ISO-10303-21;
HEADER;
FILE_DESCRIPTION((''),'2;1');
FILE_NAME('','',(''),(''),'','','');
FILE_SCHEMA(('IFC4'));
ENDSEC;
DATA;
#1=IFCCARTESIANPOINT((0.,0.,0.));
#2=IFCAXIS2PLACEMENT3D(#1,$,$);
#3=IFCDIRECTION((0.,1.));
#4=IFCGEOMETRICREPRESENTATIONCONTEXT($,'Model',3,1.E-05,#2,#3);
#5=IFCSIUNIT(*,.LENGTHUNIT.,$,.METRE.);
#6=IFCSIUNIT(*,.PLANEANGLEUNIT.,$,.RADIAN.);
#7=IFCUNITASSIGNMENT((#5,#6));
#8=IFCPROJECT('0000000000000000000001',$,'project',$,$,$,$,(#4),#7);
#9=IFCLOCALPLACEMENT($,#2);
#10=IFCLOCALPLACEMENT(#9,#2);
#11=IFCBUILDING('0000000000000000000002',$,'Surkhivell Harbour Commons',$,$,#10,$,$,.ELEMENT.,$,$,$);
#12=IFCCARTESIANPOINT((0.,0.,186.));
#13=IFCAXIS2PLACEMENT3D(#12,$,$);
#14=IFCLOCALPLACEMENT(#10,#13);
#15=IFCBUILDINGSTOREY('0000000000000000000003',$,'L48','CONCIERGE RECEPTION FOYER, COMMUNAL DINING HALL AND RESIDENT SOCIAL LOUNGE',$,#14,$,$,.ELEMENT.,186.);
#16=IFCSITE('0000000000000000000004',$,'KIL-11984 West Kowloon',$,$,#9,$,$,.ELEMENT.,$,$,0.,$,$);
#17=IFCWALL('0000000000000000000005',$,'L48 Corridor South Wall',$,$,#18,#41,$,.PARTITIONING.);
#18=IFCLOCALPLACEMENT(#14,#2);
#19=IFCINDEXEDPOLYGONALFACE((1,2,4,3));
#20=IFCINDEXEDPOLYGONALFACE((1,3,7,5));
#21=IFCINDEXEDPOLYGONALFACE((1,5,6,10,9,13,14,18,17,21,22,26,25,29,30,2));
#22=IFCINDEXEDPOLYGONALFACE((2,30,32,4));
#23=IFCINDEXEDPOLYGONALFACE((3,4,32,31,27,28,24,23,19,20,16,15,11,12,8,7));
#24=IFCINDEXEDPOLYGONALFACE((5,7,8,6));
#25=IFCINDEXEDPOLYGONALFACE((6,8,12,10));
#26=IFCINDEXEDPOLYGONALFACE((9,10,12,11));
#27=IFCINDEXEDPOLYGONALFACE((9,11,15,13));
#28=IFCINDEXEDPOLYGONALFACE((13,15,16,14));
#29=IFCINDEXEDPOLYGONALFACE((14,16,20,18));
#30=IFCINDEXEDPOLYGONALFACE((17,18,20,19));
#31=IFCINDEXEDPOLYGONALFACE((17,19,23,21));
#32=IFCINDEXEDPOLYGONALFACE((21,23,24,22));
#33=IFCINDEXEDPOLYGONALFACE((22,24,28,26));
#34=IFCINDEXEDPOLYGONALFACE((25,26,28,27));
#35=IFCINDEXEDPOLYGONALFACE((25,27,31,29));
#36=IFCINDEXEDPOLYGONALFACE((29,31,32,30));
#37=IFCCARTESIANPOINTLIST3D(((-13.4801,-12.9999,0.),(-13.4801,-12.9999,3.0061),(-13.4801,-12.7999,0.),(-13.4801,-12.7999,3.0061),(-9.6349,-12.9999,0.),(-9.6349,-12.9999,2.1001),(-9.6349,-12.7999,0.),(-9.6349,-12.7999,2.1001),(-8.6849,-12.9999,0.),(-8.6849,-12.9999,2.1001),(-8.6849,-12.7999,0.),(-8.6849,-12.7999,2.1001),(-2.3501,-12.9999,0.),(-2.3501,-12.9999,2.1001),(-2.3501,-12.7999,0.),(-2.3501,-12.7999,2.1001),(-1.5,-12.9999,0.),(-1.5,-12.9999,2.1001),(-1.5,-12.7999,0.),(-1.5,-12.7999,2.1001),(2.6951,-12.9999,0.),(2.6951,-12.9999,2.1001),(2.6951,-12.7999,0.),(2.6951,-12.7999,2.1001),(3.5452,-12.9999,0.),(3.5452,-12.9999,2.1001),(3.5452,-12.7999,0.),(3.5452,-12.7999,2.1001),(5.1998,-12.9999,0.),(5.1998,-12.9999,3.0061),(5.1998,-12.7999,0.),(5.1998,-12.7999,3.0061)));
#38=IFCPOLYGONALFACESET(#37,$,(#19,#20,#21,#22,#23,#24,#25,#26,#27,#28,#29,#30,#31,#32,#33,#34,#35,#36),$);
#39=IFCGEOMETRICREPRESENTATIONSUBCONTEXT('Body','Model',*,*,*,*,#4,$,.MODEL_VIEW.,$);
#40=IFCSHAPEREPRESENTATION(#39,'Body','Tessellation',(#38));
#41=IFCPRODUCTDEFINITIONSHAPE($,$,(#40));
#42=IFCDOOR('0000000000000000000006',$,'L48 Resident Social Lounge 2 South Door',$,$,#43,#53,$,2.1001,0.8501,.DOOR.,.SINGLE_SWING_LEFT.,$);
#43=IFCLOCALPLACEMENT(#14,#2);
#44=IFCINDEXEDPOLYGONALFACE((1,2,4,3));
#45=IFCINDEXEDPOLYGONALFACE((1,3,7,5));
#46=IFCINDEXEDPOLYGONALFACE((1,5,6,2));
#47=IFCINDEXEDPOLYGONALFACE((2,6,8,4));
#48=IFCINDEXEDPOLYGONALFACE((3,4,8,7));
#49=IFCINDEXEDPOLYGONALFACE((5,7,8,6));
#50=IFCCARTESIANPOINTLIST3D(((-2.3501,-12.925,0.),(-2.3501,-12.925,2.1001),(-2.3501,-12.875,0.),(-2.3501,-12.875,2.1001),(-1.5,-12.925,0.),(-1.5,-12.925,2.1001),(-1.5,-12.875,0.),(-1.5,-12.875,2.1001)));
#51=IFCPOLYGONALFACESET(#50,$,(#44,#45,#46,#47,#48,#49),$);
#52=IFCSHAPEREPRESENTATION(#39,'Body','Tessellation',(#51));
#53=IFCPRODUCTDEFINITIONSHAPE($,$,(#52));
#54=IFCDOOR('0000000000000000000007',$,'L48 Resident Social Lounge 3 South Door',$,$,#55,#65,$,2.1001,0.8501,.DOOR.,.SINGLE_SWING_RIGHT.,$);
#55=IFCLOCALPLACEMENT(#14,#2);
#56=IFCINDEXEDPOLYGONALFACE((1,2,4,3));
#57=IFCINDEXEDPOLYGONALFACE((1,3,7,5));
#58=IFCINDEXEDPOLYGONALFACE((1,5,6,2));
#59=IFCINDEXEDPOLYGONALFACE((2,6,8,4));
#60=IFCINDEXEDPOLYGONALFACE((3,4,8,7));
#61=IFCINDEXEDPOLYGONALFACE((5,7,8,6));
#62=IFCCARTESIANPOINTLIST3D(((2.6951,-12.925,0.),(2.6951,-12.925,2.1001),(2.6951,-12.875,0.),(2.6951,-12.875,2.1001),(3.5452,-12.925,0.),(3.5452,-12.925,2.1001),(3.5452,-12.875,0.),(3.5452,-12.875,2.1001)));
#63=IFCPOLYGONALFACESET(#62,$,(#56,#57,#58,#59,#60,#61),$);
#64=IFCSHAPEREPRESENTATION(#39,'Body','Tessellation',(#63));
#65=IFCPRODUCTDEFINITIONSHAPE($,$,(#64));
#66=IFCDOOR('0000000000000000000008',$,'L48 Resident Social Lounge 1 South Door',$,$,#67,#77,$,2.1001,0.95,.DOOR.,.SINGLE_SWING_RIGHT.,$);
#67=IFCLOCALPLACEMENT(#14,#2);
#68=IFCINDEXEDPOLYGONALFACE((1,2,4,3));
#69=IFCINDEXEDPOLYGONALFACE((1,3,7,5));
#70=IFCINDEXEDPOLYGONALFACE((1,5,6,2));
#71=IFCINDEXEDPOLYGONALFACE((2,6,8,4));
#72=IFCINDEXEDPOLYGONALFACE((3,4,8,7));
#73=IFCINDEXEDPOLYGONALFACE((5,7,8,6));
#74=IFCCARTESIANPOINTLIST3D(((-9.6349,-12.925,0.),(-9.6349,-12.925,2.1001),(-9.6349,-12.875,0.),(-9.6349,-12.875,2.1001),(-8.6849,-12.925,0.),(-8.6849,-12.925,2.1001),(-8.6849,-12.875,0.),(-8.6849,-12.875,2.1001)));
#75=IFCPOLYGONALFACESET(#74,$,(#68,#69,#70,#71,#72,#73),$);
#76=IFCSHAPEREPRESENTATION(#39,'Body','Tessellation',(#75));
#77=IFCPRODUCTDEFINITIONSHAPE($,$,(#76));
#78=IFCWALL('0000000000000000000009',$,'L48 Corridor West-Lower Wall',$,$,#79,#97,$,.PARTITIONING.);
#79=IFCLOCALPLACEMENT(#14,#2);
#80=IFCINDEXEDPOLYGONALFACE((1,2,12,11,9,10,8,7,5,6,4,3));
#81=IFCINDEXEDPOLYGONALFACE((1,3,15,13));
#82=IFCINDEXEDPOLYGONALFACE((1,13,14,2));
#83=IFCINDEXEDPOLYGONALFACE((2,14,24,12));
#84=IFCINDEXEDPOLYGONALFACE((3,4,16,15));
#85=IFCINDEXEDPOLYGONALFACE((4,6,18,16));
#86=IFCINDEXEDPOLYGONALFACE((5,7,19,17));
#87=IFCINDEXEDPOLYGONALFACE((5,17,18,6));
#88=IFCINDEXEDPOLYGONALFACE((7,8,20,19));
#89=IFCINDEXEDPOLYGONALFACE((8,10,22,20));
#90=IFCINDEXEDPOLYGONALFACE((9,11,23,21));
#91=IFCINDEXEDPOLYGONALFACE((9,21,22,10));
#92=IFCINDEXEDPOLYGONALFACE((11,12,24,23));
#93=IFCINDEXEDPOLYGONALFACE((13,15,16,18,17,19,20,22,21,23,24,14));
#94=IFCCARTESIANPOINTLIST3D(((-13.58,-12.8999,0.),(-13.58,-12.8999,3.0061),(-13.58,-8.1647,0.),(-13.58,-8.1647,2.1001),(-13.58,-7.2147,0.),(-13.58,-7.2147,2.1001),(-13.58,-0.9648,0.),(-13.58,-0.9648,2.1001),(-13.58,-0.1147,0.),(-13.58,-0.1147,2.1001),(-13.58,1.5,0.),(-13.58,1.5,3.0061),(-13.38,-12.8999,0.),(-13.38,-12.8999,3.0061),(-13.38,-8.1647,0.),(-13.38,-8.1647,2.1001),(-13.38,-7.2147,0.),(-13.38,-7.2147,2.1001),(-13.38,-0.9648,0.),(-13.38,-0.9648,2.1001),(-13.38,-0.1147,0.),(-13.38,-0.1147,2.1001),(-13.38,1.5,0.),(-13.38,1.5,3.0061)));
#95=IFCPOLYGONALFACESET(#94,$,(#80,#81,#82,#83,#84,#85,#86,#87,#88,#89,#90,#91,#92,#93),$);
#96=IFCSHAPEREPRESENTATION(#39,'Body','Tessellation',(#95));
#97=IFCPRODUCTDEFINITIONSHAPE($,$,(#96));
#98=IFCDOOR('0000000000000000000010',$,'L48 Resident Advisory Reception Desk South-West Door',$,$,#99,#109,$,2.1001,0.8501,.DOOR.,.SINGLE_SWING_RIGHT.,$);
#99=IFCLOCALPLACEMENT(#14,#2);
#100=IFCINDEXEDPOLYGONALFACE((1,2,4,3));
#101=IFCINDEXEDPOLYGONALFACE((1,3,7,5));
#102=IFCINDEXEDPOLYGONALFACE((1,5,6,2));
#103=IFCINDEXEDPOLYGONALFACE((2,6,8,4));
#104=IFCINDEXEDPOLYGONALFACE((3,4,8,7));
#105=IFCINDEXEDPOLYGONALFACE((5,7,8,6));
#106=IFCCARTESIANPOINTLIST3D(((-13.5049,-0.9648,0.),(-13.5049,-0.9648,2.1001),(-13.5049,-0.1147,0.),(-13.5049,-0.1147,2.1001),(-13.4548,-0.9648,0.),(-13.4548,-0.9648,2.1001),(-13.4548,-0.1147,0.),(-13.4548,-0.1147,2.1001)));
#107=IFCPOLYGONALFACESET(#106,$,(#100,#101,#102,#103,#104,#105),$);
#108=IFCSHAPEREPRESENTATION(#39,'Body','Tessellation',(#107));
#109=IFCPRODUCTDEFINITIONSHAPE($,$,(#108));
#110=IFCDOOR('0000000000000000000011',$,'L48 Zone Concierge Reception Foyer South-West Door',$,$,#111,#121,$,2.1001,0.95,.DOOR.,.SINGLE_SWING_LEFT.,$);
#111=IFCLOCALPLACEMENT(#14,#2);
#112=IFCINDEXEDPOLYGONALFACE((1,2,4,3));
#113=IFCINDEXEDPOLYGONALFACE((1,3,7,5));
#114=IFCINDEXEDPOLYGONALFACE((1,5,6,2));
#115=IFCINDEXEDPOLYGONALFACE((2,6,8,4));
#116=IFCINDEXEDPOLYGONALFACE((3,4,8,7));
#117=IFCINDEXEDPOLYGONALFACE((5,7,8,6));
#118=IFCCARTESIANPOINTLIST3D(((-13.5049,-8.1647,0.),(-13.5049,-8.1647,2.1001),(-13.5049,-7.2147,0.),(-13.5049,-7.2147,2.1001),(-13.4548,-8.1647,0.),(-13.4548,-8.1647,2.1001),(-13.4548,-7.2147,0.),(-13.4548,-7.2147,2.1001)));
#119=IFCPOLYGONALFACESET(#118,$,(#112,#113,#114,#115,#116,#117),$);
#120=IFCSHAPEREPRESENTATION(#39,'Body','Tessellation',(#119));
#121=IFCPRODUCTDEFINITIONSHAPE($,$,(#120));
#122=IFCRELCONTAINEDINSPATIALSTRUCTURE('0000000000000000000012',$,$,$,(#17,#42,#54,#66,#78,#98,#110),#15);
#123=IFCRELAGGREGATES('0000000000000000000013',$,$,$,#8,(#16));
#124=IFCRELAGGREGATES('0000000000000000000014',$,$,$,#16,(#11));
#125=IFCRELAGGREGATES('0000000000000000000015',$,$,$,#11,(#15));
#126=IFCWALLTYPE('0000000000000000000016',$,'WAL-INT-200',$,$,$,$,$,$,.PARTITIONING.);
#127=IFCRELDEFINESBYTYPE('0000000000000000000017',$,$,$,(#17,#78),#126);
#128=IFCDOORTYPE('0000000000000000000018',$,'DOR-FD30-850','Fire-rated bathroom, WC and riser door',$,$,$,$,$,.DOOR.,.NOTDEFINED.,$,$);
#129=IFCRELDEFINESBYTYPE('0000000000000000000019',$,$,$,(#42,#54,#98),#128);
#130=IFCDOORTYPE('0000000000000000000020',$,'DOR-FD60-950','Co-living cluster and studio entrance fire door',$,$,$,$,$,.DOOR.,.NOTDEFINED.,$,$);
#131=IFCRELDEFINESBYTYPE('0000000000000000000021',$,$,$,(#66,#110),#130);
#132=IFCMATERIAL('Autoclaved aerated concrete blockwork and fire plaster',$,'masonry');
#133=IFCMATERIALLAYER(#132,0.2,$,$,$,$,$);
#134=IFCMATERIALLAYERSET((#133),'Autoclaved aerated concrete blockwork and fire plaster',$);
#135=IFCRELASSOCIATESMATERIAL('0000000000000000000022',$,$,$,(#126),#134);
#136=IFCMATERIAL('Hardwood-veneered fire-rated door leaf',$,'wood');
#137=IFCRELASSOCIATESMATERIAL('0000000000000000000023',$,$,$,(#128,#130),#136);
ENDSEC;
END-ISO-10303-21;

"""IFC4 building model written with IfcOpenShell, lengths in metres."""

from ifc_helpers import new_model, si_unit, direction, frame, frame_2d, origin, place, context, subcontext, project, spatial, rectangle, extrude, material, layer, layer_set, type_object, element, fill, save


model = new_model("IFC4")

# Units and contexts
model_context = context("Model", 3, precision=1e-05, world=origin(), true_north=direction((0.0, 1.0)))
body_context = subcontext(model_context, "Body", "Model", "MODEL_VIEW")
ifc_project = project(units=[si_unit("LENGTHUNIT", "METRE"), si_unit("PLANEANGLEUNIT", "RADIAN")], contexts=[model_context])

# Site, building, storey
site_placement = place(None, origin())
site = spatial("IfcSite", under=ifc_project, at=site_placement, Name="KIL-11984 West Kowloon", CompositionType="ELEMENT", RefElevation=0.0)
building_placement = place(site_placement, origin())
building = spatial("IfcBuilding", under=site, at=building_placement, Name="Surkhivell Harbour Commons", CompositionType="ELEMENT")
storey_placement = place(building_placement, frame((0.0, 0.0, 186.0)))
storey = spatial("IfcBuildingStorey", under=building, at=storey_placement, Name="L48", Description="CONCIERGE RECEPTION FOYER, COMMUNAL DINING HALL AND RESIDENT SOCIAL LOUNGE", CompositionType="ELEMENT", Elevation=186.0)

# Walls, openings, doors
ifc_material_1 = material(Name="Autoclaved aerated concrete blockwork and fire plaster", Category="masonry")
ifc_layer_1 = layer(ifc_material_1, 0.2)
ifc_layer_set_1 = layer_set([ifc_layer_1], Name="Autoclaved aerated concrete blockwork and fire plaster")
wall_type_1 = type_object("IfcWallType", Name="WAL-INT-200", PredefinedType="PARTITIONING", material=ifc_layer_set_1)
wall_1_placement = place(storey_placement, frame((-13.48, -12.8999, 0.0), z_axis=(0.0, 0.0, 1.0), x_axis=(1.0, 0.0, 0.0)))
wall_1 = element("IfcWall", 1, at=wall_1_placement, inside=storey, type_object=wall_type_1, Name="L48 Corridor South Wall", PredefinedType="PARTITIONING", context=body_context, shape_type="SweptSolid", body=[
    extrude(rectangle(XDim=18.6799, YDim=0.2, at=frame_2d((9.3398, 0.0))), origin(), (0.0, 0.0, 1.0), 3.0061),
])
opening_1_placement = place(wall_1_placement, frame((3.845, 0.0, 0.0)))
opening_1 = element("IfcOpeningElement", 2, at=opening_1_placement, cuts=wall_1, PredefinedType="OPENING", context=body_context, shape_type="SweptSolid", body=[
    extrude(rectangle(XDim=0.95, YDim=2.1001, at=frame_2d((0.4751, 1.05))), frame((0.0, 0.1099, 0.0), z_axis=(0.0, -1.0, 0.0), x_axis=(1.0, 0.0, 0.0)), (0.0, 0.0, 1.0), 0.22),
])
opening_2_placement = place(wall_1_placement, frame((11.1299, 0.0, 0.0)))
opening_2 = element("IfcOpeningElement", 3, at=opening_2_placement, cuts=wall_1, PredefinedType="OPENING", context=body_context, shape_type="SweptSolid", body=[
    extrude(rectangle(XDim=0.8501, YDim=2.1001, at=frame_2d((0.425, 1.05))), frame((0.0, 0.1099, 0.0), z_axis=(0.0, -1.0, 0.0), x_axis=(1.0, 0.0, 0.0)), (0.0, 0.0, 1.0), 0.22),
])
opening_3_placement = place(wall_1_placement, frame((16.175, 0.0, 0.0)))
opening_3 = element("IfcOpeningElement", 4, at=opening_3_placement, cuts=wall_1, PredefinedType="OPENING", context=body_context, shape_type="SweptSolid", body=[
    extrude(rectangle(XDim=0.8501, YDim=2.1001, at=frame_2d((0.425, 1.05))), frame((0.0, 0.1099, 0.0), z_axis=(0.0, -1.0, 0.0), x_axis=(1.0, 0.0, 0.0)), (0.0, 0.0, 1.0), 0.22),
])
ifc_material_2 = material(Name="Hardwood-veneered fire-rated door leaf", Category="wood")
door_type_1 = type_object("IfcDoorType", Name="DOR-FD30-850", Description="Fire-rated bathroom, WC and riser door", OperationType="NOTDEFINED", PredefinedType="DOOR", material=ifc_material_2)
door_1_placement = place(opening_2_placement, origin())
door_1 = element("IfcDoor", 5, at=door_1_placement, inside=storey, type_object=door_type_1, Name="L48 Resident Social Lounge 2 South Door", OperationType="SINGLE_SWING_LEFT", OverallHeight=2.1001, OverallWidth=0.8501, PredefinedType="DOOR", context=body_context, shape_type="SweptSolid", body=[
    extrude(rectangle(XDim=0.8501, YDim=2.1001, at=frame_2d((0.425, 1.05))), frame((0.0, 0.0249, 0.0), z_axis=(0.0, -1.0, 0.0), x_axis=(1.0, 0.0, 0.0)), (0.0, 0.0, 1.0), 0.05),
])
fill(opening_2, door_1)
door_2_placement = place(opening_3_placement, origin())
door_2 = element("IfcDoor", 6, at=door_2_placement, inside=storey, type_object=door_type_1, Name="L48 Resident Social Lounge 3 South Door", OperationType="SINGLE_SWING_RIGHT", OverallHeight=2.1001, OverallWidth=0.8501, PredefinedType="DOOR", context=body_context, shape_type="SweptSolid", body=[
    extrude(rectangle(XDim=0.8501, YDim=2.1001, at=frame_2d((0.425, 1.05))), frame((0.0, 0.0249, 0.0), z_axis=(0.0, -1.0, 0.0), x_axis=(1.0, 0.0, 0.0)), (0.0, 0.0, 1.0), 0.05),
])
fill(opening_3, door_2)
door_type_2 = type_object("IfcDoorType", Name="DOR-FD60-950", Description="Co-living cluster and studio entrance fire door", OperationType="NOTDEFINED", PredefinedType="DOOR", material=ifc_material_2)
door_3_placement = place(opening_1_placement, origin())
door_3 = element("IfcDoor", 7, at=door_3_placement, inside=storey, type_object=door_type_2, Name="L48 Resident Social Lounge 1 South Door", OperationType="SINGLE_SWING_RIGHT", OverallHeight=2.1001, OverallWidth=0.95, PredefinedType="DOOR", context=body_context, shape_type="SweptSolid", body=[
    extrude(rectangle(XDim=0.95, YDim=2.1001, at=frame_2d((0.4751, 1.05))), frame((0.0, 0.0249, 0.0), z_axis=(0.0, -1.0, 0.0), x_axis=(1.0, 0.0, 0.0)), (0.0, 0.0, 1.0), 0.05),
])
fill(opening_1, door_3)
wall_2_placement = place(storey_placement, frame((-13.48, -12.8999, 0.0), z_axis=(0.0, 0.0, 1.0), x_axis=(0.0, 1.0, 0.0)))
wall_2 = element("IfcWall", 8, at=wall_2_placement, inside=storey, type_object=wall_type_1, Name="L48 Corridor West-Lower Wall", PredefinedType="PARTITIONING", context=body_context, shape_type="SweptSolid", body=[
    extrude(rectangle(XDim=14.3999, YDim=0.2, at=frame_2d((7.2, 0.0))), origin(), (0.0, 0.0, 1.0), 3.0061),
])
opening_4_placement = place(wall_2_placement, frame((4.7351, 0.0, 0.0)))
opening_4 = element("IfcOpeningElement", 9, at=opening_4_placement, cuts=wall_2, PredefinedType="OPENING", context=body_context, shape_type="SweptSolid", body=[
    extrude(rectangle(XDim=0.95, YDim=2.1001, at=frame_2d((0.4751, 1.05))), frame((0.0, 0.1099, 0.0), z_axis=(0.0, -1.0, 0.0), x_axis=(1.0, 0.0, 0.0)), (0.0, 0.0, 1.0), 0.22),
])
opening_5_placement = place(wall_2_placement, frame((11.9351, 0.0, 0.0)))
opening_5 = element("IfcOpeningElement", 10, at=opening_5_placement, cuts=wall_2, PredefinedType="OPENING", context=body_context, shape_type="SweptSolid", body=[
    extrude(rectangle(XDim=0.8501, YDim=2.1001, at=frame_2d((0.425, 1.05))), frame((0.0, 0.1099, 0.0), z_axis=(0.0, -1.0, 0.0), x_axis=(1.0, 0.0, 0.0)), (0.0, 0.0, 1.0), 0.22),
])
door_4_placement = place(opening_5_placement, origin())
door_4 = element("IfcDoor", 11, at=door_4_placement, inside=storey, type_object=door_type_1, Name="L48 Resident Advisory Reception Desk South-West Door", OperationType="SINGLE_SWING_RIGHT", OverallHeight=2.1001, OverallWidth=0.8501, PredefinedType="DOOR", context=body_context, shape_type="SweptSolid", body=[
    extrude(rectangle(XDim=0.8501, YDim=2.1001, at=frame_2d((0.425, 1.05))), frame((0.0, 0.0249, 0.0), z_axis=(0.0, -1.0, 0.0), x_axis=(1.0, 0.0, 0.0)), (0.0, 0.0, 1.0), 0.05),
])
fill(opening_5, door_4)
door_5_placement = place(opening_4_placement, origin())
door_5 = element("IfcDoor", 12, at=door_5_placement, inside=storey, type_object=door_type_2, Name="L48 Zone Concierge Reception Foyer South-West Door", OperationType="SINGLE_SWING_LEFT", OverallHeight=2.1001, OverallWidth=0.95, PredefinedType="DOOR", context=body_context, shape_type="SweptSolid", body=[
    extrude(rectangle(XDim=0.95, YDim=2.1001, at=frame_2d((0.4751, 1.05))), frame((0.0, 0.0249, 0.0), z_axis=(0.0, -1.0, 0.0), x_axis=(1.0, 0.0, 0.0)), (0.0, 0.0, 1.0), 0.05),
])
fill(opening_4, door_5)

save(model, "model.ifc")
